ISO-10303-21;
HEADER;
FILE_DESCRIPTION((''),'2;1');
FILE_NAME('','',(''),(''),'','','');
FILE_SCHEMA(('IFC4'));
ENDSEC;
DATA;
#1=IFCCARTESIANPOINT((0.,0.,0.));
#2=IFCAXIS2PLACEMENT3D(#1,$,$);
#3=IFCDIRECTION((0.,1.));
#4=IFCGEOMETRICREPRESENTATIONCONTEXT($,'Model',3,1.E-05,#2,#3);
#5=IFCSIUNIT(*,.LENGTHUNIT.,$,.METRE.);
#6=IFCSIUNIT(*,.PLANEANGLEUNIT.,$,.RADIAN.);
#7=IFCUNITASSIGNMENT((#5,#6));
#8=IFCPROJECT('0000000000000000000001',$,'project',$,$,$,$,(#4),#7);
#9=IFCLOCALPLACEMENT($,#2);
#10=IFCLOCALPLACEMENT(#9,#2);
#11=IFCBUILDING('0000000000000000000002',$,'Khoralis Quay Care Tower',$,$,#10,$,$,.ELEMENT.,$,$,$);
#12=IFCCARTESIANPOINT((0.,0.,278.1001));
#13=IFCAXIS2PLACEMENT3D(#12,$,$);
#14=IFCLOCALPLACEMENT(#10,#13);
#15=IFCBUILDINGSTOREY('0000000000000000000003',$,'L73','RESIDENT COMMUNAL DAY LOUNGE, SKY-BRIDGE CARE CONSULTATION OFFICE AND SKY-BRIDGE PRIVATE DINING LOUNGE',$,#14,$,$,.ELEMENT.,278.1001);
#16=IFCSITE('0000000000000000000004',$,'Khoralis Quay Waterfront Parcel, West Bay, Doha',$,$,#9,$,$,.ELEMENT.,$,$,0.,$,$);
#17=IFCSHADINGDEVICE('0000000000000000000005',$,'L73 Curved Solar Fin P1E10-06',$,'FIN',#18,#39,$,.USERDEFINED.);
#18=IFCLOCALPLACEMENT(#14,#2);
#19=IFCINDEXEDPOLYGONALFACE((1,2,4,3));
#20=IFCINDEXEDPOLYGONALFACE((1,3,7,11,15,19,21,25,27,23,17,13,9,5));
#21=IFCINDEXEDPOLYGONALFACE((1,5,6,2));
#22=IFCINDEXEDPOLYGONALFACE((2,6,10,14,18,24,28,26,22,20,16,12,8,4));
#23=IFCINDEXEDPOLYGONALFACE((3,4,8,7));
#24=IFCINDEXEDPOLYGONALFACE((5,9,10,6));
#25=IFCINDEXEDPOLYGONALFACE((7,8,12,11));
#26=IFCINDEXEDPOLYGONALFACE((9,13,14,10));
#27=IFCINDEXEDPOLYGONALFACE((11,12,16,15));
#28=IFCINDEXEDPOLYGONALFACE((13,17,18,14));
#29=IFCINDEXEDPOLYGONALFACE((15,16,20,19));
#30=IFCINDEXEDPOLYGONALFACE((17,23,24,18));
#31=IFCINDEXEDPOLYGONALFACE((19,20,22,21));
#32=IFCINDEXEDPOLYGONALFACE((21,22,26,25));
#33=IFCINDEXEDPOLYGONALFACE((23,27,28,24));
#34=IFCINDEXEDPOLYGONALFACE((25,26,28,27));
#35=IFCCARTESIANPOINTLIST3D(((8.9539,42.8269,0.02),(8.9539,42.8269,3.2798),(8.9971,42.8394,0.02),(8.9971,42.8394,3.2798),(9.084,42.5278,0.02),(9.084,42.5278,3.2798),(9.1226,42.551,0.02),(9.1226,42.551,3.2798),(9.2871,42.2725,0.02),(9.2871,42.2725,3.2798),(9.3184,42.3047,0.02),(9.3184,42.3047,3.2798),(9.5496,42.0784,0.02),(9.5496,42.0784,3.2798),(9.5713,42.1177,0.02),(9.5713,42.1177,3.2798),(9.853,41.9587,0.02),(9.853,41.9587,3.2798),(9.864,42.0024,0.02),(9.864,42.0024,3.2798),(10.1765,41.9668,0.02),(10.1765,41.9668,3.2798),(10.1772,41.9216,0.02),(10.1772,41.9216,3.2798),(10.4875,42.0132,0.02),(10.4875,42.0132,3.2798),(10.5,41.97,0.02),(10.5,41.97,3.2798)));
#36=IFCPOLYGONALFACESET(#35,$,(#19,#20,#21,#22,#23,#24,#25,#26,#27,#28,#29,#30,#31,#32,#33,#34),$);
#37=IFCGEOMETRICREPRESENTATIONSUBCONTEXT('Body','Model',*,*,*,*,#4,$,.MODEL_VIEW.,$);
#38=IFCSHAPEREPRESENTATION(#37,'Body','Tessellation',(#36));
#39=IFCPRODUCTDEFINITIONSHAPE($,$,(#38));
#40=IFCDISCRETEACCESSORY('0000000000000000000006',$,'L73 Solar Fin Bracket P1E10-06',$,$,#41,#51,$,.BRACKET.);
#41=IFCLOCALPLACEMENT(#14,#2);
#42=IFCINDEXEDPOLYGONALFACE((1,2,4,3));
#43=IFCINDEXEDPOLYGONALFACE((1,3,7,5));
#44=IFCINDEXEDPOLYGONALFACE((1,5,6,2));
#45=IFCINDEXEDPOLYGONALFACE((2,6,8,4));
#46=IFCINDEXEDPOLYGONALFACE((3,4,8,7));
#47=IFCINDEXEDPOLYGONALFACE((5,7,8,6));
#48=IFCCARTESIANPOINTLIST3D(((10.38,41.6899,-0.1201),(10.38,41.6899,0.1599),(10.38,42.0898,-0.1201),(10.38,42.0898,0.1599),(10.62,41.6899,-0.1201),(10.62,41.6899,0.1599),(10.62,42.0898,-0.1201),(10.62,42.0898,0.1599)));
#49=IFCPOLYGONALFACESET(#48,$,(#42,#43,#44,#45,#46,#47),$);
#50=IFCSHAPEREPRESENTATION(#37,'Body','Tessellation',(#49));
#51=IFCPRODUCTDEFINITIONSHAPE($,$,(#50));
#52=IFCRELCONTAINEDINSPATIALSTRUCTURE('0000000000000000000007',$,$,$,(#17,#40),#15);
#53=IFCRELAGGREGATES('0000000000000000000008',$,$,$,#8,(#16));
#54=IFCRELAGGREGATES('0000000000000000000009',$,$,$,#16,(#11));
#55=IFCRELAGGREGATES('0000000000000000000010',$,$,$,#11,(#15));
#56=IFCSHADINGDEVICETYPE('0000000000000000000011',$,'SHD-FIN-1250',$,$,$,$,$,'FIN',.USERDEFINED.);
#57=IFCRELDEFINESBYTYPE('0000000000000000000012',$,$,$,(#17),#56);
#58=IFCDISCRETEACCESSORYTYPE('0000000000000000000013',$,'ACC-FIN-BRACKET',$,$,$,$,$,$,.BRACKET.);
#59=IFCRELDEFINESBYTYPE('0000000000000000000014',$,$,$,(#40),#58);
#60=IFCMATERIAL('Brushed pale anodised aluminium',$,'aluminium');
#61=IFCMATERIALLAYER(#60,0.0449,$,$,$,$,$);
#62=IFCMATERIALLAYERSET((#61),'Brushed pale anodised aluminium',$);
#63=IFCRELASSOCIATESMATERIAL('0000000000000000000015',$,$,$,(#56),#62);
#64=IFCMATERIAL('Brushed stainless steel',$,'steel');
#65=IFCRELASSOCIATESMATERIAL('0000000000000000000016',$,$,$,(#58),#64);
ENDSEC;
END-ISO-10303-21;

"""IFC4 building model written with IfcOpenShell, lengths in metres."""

from ifc_helpers import new_model, si_unit, direction, frame, origin, origin_2d, place, context, subcontext, project, spatial, polyline, rectangle, outline, extrude, source, transform, mapped, material, layer, layer_set, type_object, element, save


model = new_model("IFC4")

# Units and contexts
model_context = context("Model", 3, precision=1e-05, world=origin(), true_north=direction((0.0, 1.0)))
body_context = subcontext(model_context, "Body", "Model", "MODEL_VIEW")
ifc_project = project(units=[si_unit("LENGTHUNIT", "METRE"), si_unit("PLANEANGLEUNIT", "RADIAN")], contexts=[model_context])

# Site, building, storey
site_placement = place(None, origin())
site = spatial("IfcSite", under=ifc_project, at=site_placement, Name="Khoralis Quay Waterfront Parcel, West Bay, Doha", CompositionType="ELEMENT", RefElevation=0.0)
building_placement = place(site_placement, origin())
building = spatial("IfcBuilding", under=site, at=building_placement, Name="Khoralis Quay Care Tower", CompositionType="ELEMENT")
storey_placement = place(building_placement, frame((0.0, 0.0, 278.1001)))
storey = spatial("IfcBuildingStorey", under=building, at=storey_placement, Name="L73", Description="RESIDENT COMMUNAL DAY LOUNGE, SKY-BRIDGE CARE CONSULTATION OFFICE AND SKY-BRIDGE PRIVATE DINING LOUNGE", CompositionType="ELEMENT", Elevation=278.1001)

# Shading device
ifc_material_1 = material(Name="Brushed pale anodised aluminium", Category="aluminium")
ifc_layer_1 = layer(ifc_material_1, 0.0449)
ifc_layer_set_1 = layer_set([ifc_layer_1], Name="Brushed pale anodised aluminium")
shading_device_type = type_object("IfcShadingDeviceType", Name="SHD-FIN-1250", ElementType="FIN", PredefinedType="USERDEFINED", material=ifc_layer_set_1)
shared_shape_1 = source(origin(), body_context, "Body", "SweptSolid", [
    extrude(outline(polyline([(0.0, 0.0), (-0.0483, 0.3228), (-0.0112, 0.647), (0.1084, 0.9504), (0.3025, 1.2129), (0.5579, 1.416), (0.8569, 1.5461), (0.8694, 1.5029), (0.5811, 1.3774), (0.3347, 1.1816), (0.1477, 0.9287), (0.0325, 0.636), (-0.0032, 0.3235), (0.0432, 0.0125), (0.0, 0.0)])), origin(), (0.0, 0.0, 1.0), 3.2598),
])
shading_device_placement = place(storey_placement, frame((10.5, 41.97, 0.02), z_axis=(0.0, 0.0, 1.0), x_axis=(0.0, 1.0, 0.0)))
element("IfcShadingDevice", 1, at=shading_device_placement, inside=storey, type_object=shading_device_type, Name="L73 Curved Solar Fin P1E10-06", ObjectType="FIN", PredefinedType="USERDEFINED", context=body_context, shape_type="MappedRepresentation", body=[
    mapped(shared_shape_1, transform((0.0, 0.0, 0.0), scale=1.0)),
])

# Discrete accessory
ifc_material_2 = material(Name="Brushed stainless steel", Category="steel")
discrete_accessory_type = type_object("IfcDiscreteAccessoryType", Name="ACC-FIN-BRACKET", PredefinedType="BRACKET", material=ifc_material_2)
shared_shape_2 = source(origin(), body_context, "Body", "SweptSolid", [
    extrude(rectangle(XDim=0.3999, YDim=0.24, at=origin_2d()), origin(), (0.0, 0.0, 1.0), 0.28),
])
discrete_accessory_placement = place(storey_placement, frame((10.5, 41.8899, -0.1201), z_axis=(0.0, 0.0, 1.0), x_axis=(0.0, 1.0, 0.0)))
element("IfcDiscreteAccessory", 2, at=discrete_accessory_placement, inside=storey, type_object=discrete_accessory_type, Name="L73 Solar Fin Bracket P1E10-06", PredefinedType="BRACKET", context=body_context, shape_type="MappedRepresentation", body=[
    mapped(shared_shape_2, transform((0.0, 0.0, 0.0), scale=1.0)),
])

save(model, "model.ifc")
